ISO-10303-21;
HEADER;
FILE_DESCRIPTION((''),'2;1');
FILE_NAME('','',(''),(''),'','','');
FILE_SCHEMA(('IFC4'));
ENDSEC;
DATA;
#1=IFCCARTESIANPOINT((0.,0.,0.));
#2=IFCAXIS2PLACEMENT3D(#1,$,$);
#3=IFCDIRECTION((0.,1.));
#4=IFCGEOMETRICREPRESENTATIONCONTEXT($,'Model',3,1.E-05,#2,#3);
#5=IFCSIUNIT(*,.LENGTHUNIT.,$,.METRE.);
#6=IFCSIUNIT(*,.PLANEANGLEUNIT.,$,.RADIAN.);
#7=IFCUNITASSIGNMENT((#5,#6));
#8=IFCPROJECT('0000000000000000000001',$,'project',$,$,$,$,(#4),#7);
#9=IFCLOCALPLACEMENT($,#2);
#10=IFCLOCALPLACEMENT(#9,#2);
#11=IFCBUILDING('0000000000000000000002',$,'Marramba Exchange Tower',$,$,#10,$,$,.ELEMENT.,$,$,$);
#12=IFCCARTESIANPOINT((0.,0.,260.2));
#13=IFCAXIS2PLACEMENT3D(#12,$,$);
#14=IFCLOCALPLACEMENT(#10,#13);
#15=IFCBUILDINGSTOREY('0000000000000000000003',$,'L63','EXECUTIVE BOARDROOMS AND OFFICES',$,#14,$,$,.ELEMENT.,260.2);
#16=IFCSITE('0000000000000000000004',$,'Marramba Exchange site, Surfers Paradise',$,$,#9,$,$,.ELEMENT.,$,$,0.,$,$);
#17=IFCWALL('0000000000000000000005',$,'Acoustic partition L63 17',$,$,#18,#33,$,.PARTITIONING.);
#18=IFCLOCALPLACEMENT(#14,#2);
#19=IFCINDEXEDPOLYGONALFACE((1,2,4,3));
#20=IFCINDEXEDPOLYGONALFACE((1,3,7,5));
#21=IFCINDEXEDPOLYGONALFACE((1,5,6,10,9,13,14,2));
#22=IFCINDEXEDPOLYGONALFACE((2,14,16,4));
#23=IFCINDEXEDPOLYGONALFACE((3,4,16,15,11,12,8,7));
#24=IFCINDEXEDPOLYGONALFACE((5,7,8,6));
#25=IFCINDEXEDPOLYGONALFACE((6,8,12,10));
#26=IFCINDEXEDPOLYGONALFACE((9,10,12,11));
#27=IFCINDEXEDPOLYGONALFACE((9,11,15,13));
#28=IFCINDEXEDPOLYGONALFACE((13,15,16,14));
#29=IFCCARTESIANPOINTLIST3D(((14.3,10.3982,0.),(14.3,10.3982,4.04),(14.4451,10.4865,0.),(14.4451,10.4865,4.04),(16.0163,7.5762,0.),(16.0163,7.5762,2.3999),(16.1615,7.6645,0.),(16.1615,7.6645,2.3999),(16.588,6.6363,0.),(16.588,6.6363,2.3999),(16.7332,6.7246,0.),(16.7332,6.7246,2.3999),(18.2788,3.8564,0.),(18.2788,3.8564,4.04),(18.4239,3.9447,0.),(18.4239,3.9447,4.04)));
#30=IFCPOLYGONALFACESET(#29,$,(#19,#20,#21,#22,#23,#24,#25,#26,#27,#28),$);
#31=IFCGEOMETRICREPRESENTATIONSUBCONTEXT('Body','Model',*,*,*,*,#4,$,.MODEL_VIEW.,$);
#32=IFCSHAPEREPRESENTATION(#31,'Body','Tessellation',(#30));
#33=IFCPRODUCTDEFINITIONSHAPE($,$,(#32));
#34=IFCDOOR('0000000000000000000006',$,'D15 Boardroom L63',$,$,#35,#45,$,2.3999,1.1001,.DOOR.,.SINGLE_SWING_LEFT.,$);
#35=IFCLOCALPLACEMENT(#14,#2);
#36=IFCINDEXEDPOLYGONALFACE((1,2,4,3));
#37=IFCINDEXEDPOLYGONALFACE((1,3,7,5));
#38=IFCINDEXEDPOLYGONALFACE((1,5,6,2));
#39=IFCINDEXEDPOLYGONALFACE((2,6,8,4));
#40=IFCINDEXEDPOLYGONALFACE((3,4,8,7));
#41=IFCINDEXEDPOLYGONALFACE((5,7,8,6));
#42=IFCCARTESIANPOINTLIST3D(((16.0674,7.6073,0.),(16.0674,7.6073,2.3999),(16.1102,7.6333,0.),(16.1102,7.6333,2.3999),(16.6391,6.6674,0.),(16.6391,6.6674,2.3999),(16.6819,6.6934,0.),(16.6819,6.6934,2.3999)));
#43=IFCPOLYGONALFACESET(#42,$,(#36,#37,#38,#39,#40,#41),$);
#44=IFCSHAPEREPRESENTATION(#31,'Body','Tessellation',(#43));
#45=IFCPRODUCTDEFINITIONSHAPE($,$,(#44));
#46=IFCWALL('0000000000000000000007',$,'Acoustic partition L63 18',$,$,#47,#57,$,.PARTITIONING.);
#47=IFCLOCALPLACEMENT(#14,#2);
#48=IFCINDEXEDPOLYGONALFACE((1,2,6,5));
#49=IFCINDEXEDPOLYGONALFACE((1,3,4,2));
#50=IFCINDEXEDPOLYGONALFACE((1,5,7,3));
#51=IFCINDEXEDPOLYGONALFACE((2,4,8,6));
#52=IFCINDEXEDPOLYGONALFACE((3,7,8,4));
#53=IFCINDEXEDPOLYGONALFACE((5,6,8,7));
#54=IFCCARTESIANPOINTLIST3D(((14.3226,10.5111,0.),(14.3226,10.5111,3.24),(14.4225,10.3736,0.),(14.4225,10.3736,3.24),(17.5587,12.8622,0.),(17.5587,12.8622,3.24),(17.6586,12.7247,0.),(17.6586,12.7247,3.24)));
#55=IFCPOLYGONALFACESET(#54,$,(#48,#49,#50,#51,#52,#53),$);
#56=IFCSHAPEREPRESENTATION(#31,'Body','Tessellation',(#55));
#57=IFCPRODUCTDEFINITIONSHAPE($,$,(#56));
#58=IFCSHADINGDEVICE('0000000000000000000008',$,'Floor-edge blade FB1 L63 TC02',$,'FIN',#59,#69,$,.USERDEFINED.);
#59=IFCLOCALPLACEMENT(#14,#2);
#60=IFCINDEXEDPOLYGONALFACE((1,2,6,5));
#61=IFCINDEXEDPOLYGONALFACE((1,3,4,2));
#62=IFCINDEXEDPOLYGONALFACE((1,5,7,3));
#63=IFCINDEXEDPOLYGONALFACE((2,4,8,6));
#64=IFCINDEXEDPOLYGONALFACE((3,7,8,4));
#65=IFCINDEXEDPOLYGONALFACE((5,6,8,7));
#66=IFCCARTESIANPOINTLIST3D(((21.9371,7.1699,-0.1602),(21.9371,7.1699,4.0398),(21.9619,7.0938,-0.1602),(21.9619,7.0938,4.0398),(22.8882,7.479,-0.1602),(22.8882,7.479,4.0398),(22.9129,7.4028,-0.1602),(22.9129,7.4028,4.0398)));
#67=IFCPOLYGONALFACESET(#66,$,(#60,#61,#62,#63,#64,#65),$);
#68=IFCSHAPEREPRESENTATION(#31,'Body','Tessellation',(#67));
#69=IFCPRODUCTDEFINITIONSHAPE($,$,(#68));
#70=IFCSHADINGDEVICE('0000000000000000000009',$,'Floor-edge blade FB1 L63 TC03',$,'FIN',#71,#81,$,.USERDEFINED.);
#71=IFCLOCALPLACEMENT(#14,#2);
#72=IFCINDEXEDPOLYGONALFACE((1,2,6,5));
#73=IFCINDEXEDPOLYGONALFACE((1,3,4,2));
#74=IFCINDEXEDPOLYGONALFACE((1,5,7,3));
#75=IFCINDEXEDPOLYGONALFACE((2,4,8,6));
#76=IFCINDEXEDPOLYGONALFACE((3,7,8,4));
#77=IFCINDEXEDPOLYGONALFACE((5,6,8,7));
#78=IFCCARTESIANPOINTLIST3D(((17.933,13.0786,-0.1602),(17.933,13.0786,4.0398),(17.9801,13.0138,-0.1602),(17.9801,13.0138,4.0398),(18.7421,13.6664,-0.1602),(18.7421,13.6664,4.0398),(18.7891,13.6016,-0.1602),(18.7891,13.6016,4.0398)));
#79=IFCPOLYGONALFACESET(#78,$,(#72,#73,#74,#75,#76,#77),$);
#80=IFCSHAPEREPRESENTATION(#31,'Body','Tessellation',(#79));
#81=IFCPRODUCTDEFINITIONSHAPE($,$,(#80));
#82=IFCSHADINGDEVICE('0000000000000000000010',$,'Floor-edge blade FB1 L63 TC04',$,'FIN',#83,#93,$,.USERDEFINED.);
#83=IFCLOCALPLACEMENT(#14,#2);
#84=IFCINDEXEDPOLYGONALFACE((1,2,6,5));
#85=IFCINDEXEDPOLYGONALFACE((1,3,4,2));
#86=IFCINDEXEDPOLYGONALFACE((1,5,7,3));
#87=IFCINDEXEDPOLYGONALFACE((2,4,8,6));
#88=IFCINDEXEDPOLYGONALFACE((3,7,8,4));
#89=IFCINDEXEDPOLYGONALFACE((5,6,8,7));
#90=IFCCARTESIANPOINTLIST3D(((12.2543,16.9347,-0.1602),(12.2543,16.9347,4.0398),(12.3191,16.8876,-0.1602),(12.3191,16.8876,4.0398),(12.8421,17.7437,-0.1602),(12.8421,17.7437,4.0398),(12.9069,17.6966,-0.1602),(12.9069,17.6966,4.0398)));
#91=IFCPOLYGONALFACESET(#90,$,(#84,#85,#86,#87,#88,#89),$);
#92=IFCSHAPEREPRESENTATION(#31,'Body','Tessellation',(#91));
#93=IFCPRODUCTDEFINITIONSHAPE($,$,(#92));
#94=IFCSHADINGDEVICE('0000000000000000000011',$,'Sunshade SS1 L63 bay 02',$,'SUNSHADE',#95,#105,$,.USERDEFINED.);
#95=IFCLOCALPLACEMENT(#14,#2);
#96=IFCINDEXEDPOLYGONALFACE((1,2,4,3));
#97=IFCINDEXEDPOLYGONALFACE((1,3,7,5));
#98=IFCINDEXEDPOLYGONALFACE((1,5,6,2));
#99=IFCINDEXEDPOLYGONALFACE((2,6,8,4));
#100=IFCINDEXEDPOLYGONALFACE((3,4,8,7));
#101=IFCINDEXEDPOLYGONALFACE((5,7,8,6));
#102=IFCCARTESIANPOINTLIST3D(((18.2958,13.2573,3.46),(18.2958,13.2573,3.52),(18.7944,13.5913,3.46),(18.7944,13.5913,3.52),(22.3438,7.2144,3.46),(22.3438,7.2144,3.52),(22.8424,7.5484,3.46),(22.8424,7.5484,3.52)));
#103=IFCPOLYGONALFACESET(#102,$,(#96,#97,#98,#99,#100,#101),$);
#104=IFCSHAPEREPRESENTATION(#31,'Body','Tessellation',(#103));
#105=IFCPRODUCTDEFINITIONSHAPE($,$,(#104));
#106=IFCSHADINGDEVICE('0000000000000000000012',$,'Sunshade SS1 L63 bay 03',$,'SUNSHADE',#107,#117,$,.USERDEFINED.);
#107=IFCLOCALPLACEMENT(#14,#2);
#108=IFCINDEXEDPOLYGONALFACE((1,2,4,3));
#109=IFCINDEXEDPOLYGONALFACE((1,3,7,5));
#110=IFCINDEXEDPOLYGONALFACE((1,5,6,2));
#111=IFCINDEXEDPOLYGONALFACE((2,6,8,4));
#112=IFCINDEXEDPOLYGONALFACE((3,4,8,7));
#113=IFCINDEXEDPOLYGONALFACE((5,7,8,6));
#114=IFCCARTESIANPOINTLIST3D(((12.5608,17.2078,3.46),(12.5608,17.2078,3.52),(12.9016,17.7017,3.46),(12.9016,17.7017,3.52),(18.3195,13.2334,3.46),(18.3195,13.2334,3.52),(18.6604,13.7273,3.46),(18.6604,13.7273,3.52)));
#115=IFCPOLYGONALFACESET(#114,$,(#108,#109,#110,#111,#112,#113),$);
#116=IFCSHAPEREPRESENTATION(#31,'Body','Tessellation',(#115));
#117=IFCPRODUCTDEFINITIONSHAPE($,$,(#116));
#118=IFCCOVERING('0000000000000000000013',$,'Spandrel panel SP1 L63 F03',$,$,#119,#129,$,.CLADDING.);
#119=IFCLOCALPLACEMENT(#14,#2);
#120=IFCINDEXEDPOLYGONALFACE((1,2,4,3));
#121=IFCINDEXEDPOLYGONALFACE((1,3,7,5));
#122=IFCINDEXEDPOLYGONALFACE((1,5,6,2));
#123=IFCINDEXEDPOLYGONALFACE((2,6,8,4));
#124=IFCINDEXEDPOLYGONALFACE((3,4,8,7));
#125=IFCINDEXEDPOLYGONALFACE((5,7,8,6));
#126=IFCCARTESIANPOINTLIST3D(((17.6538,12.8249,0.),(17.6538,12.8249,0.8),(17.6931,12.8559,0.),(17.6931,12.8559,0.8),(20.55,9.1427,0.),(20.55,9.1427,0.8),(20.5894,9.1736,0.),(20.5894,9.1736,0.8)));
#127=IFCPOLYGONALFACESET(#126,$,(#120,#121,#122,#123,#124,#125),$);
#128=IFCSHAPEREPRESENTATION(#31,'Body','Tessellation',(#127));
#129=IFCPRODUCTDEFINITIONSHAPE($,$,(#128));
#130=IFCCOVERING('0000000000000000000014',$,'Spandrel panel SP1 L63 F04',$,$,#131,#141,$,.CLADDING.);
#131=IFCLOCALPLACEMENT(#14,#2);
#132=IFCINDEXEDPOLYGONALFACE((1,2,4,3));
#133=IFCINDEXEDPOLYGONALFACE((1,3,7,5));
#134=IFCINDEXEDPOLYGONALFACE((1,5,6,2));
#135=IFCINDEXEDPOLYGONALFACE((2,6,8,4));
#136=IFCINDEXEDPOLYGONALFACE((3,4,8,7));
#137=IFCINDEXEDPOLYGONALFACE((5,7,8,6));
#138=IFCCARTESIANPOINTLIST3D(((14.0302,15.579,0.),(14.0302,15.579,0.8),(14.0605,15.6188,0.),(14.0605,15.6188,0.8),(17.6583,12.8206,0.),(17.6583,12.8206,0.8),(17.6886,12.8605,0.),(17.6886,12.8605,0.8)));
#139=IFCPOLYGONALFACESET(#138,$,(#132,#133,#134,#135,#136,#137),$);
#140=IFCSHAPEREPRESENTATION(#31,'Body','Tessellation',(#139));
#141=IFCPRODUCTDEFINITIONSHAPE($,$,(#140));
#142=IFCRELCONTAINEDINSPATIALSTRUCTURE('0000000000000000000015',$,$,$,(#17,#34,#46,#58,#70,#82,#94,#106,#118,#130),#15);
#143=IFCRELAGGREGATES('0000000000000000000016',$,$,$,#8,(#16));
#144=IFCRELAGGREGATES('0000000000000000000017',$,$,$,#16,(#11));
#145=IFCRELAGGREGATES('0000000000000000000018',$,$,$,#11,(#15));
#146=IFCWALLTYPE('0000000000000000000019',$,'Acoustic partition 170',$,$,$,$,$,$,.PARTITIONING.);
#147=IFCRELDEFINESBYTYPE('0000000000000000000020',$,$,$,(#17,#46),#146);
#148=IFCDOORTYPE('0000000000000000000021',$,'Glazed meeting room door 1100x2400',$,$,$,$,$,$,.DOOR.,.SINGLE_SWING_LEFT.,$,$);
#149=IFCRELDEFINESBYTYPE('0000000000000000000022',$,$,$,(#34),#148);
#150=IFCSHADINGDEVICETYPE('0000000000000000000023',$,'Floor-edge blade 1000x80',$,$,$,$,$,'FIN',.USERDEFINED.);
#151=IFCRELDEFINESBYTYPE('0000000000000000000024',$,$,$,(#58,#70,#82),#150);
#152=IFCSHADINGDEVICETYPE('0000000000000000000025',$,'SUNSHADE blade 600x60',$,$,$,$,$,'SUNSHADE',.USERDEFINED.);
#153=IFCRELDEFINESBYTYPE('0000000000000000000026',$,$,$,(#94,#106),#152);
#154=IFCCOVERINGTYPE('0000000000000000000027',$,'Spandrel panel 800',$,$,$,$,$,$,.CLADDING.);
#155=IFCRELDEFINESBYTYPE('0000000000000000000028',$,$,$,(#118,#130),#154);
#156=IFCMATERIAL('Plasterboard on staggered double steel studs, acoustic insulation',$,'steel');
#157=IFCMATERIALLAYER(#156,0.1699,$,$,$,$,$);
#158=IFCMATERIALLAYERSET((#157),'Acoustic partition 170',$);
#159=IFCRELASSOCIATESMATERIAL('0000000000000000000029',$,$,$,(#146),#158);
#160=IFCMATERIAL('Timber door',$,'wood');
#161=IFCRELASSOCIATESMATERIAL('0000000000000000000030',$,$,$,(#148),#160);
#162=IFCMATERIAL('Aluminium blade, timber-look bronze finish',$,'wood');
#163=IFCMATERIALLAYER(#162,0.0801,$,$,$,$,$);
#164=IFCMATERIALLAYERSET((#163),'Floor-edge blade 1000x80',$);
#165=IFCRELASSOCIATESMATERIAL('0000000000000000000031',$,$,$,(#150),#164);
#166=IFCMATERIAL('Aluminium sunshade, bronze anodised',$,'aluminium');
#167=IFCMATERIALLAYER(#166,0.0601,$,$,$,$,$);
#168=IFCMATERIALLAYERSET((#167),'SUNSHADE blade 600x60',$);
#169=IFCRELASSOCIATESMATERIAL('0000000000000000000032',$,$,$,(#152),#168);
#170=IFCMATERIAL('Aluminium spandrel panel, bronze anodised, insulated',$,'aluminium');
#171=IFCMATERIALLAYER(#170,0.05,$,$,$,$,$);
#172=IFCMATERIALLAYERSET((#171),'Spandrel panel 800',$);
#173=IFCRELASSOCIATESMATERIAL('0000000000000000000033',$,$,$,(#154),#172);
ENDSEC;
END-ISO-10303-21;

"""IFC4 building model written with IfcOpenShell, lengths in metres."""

from ifc_helpers import new_model, si_unit, direction, frame, frame_2d, origin, origin_2d, place, context, subcontext, project, spatial, rectangle, extrude, material, layer, layer_set, type_object, element, fill, save


model = new_model("IFC4")

# Units and contexts
model_context = context("Model", 3, precision=1e-05, world=origin(), true_north=direction((0.0, 1.0)))
body_context = subcontext(model_context, "Body", "Model", "MODEL_VIEW")
ifc_project = project(units=[si_unit("LENGTHUNIT", "METRE"), si_unit("PLANEANGLEUNIT", "RADIAN")], contexts=[model_context])

# Site, building, storey
site_placement = place(None, origin())
site = spatial("IfcSite", under=ifc_project, at=site_placement, Name="Marramba Exchange site, Surfers Paradise", CompositionType="ELEMENT", RefElevation=0.0)
building_placement = place(site_placement, origin())
building = spatial("IfcBuilding", under=site, at=building_placement, Name="Marramba Exchange Tower", CompositionType="ELEMENT")
storey_placement = place(building_placement, frame((0.0, 0.0, 260.2)))
storey = spatial("IfcBuildingStorey", under=building, at=storey_placement, Name="L63", Description="EXECUTIVE BOARDROOMS AND OFFICES", CompositionType="ELEMENT", Elevation=260.2)

# Wall, opening, door
ifc_material_1 = material(Name="Plasterboard on staggered double steel studs, acoustic insulation", Category="steel")
ifc_layer_1 = layer(ifc_material_1, 0.1699)
ifc_layer_set_1 = layer_set([ifc_layer_1], Name="Acoustic partition 170")
wall_type_1 = type_object("IfcWallType", Name="Acoustic partition 170", PredefinedType="PARTITIONING", material=ifc_layer_set_1)
wall_1_placement = place(storey_placement, frame((14.3726, 10.4424, 0.0), z_axis=(0.0, 0.0, 1.0), x_axis=(0.519644, -0.854383, 0.0)))
wall_1 = element("IfcWall", 1, at=wall_1_placement, inside=storey, type_object=wall_type_1, Name="Acoustic partition L63 17", PredefinedType="PARTITIONING", context=body_context, shape_type="SweptSolid", body=[
    extrude(rectangle(XDim=7.6567, YDim=0.1699, at=frame_2d((3.8284, 0.0))), origin(), (0.0, 0.0, 1.0), 4.04),
])
opening_1_placement = place(wall_1_placement, frame((3.303, 0.0, 0.0)))
opening_1 = element("IfcOpeningElement", 2, at=opening_1_placement, cuts=wall_1, PredefinedType="OPENING", context=body_context, shape_type="SweptSolid", body=[
    extrude(rectangle(XDim=1.1001, YDim=2.3999, at=frame_2d((0.55, 1.2))), frame((0.0, 0.095, 0.0), z_axis=(0.0, -1.0, 0.0), x_axis=(1.0, 0.0, 0.0)), (0.0, 0.0, 1.0), 0.1899),
])
ifc_material_2 = material(Name="Timber door", Category="wood")
door_type_1 = type_object("IfcDoorType", Name="Glazed meeting room door 1100x2400", OperationType="SINGLE_SWING_LEFT", PredefinedType="DOOR", material=ifc_material_2)
door_1_placement = place(opening_1_placement, origin())
door_1 = element("IfcDoor", 3, at=door_1_placement, inside=storey, type_object=door_type_1, Name="D15 Boardroom L63", OperationType="SINGLE_SWING_LEFT", OverallHeight=2.3999, OverallWidth=1.1001, PredefinedType="DOOR", context=body_context, shape_type="SweptSolid", body=[
    extrude(rectangle(XDim=1.1001, YDim=2.3999, at=frame_2d((0.55, 1.2))), frame((0.0, 0.0249, 0.0), z_axis=(0.0, -1.0, 0.0), x_axis=(1.0, 0.0, 0.0)), (0.0, 0.0, 1.0), 0.05),
])
fill(opening_1, door_1)

# Wall
wall_2_placement = place(storey_placement, frame((17.6086, 12.7935, 0.0), z_axis=(0.0, 0.0, 1.0), x_axis=(-0.809026, -0.587772, 0.0)))
element("IfcWall", 4, at=wall_2_placement, inside=storey, type_object=wall_type_1, Name="Acoustic partition L63 18", PredefinedType="PARTITIONING", context=body_context, shape_type="SweptSolid", body=[
    extrude(rectangle(XDim=4.0, YDim=0.1699, at=frame_2d((2.0, 0.0))), origin(), (0.0, 0.0, 1.0), 3.24),
])

# Shading devices
ifc_material_3 = material(Name="Aluminium blade, timber-look bronze finish", Category="wood")
ifc_layer_2 = layer(ifc_material_3, 0.0801)
ifc_layer_set_2 = layer_set([ifc_layer_2], Name="Floor-edge blade 1000x80")
shading_device_type_1 = type_object("IfcShadingDeviceType", Name="Floor-edge blade 1000x80", ElementType="FIN", PredefinedType="USERDEFINED", material=ifc_layer_set_2)
for number, where, z_axis, x_axis, name in (
    (5, (22.425, 7.2864, -0.1602), (0.0, 0.0, 1.0), (0.951057, 0.309017, 0.0), "Floor-edge blade FB1 L63 TC02"),
    (6, (18.3611, 13.3401, -0.1602), (0.0, 0.0, 1.0), (0.809017, 0.587785, 0.0), "Floor-edge blade FB1 L63 TC03"),
    (7, (12.5806, 17.3157, -0.1602), (0.0, 0.0, 1.0), (0.587785, 0.809017, 0.0), "Floor-edge blade FB1 L63 TC04"),
):
    element("IfcShadingDevice", number, at=place(storey_placement, frame(where, z_axis=z_axis, x_axis=x_axis)), inside=storey, type_object=shading_device_type_1, Name=name, ObjectType="FIN", PredefinedType="USERDEFINED", context=body_context, shape_type="SweptSolid", body=[
        extrude(rectangle(XDim=1.0, YDim=0.0801, at=origin_2d()), origin(), (0.0, 0.0, 1.0), 4.2),
    ])
ifc_material_4 = material(Name="Aluminium sunshade, bronze anodised", Category="aluminium")
ifc_layer_3 = layer(ifc_material_4, 0.0601)
ifc_layer_set_3 = layer_set([ifc_layer_3], Name="SUNSHADE blade 600x60")
shading_device_type_2 = type_object("IfcShadingDeviceType", Name="SUNSHADE blade 600x60", ElementType="SUNSHADE", PredefinedType="USERDEFINED", material=ifc_layer_set_3)
shading_device_1_placement = place(storey_placement, frame((20.5691, 10.4028, 3.46), z_axis=(0.0, 0.0, 1.0), x_axis=(-0.55654, 0.830821, 0.0)))
element("IfcShadingDevice", 8, at=shading_device_1_placement, inside=storey, type_object=shading_device_type_2, Name="Sunshade SS1 L63 bay 02", ObjectType="SUNSHADE", PredefinedType="USERDEFINED", context=body_context, shape_type="SweptSolid", body=[
    extrude(rectangle(XDim=7.2734, YDim=0.6001, at=origin_2d()), origin(), (0.0, 0.0, 1.0), 0.0601),
])
shading_device_2_placement = place(storey_placement, frame((15.6106, 15.4675, 3.46), z_axis=(0.0, 0.0, 1.0), x_axis=(-0.823024, 0.568006, 0.0)))
element("IfcShadingDevice", 9, at=shading_device_2_placement, inside=storey, type_object=shading_device_type_2, Name="Sunshade SS1 L63 bay 03", ObjectType="SUNSHADE", PredefinedType="USERDEFINED", context=body_context, shape_type="SweptSolid", body=[
    extrude(rectangle(XDim=6.9971, YDim=0.6001, at=origin_2d()), origin(), (0.0, 0.0, 1.0), 0.0601),
])

# Coverings
ifc_material_5 = material(Name="Aluminium spandrel panel, bronze anodised, insulated", Category="aluminium")
ifc_layer_4 = layer(ifc_material_5, 0.05)
ifc_layer_set_4 = layer_set([ifc_layer_4], Name="Spandrel panel 800")
covering_type = type_object("IfcCoveringType", Name="Spandrel panel 800", PredefinedType="CLADDING", material=ifc_layer_set_4)
covering_1_placement = place(storey_placement, frame((19.1216, 10.9993, 0.0), z_axis=(0.0, 0.0, 1.0), x_axis=(-0.618223, 0.786003, 0.0)))
element("IfcCovering", 10, at=covering_1_placement, inside=storey, type_object=covering_type, Name="Spandrel panel SP1 L63 F03", PredefinedType="CLADDING", context=body_context, shape_type="SweptSolid", body=[
    extrude(rectangle(XDim=4.6848, YDim=0.05, at=origin_2d()), origin(), (0.0, 0.0, 1.0), 0.8),
])
covering_2_placement = place(storey_placement, frame((15.8594, 14.2197, 0.0), z_axis=(0.0, 0.0, 1.0), x_axis=(-0.796059, 0.605219, 0.0)))
element("IfcCovering", 11, at=covering_2_placement, inside=storey, type_object=covering_type, Name="Spandrel panel SP1 L63 F04", PredefinedType="CLADDING", context=body_context, shape_type="SweptSolid", body=[
    extrude(rectangle(XDim=4.5576, YDim=0.05, at=origin_2d()), origin(), (0.0, 0.0, 1.0), 0.8),
])

save(model, "model.ifc")
